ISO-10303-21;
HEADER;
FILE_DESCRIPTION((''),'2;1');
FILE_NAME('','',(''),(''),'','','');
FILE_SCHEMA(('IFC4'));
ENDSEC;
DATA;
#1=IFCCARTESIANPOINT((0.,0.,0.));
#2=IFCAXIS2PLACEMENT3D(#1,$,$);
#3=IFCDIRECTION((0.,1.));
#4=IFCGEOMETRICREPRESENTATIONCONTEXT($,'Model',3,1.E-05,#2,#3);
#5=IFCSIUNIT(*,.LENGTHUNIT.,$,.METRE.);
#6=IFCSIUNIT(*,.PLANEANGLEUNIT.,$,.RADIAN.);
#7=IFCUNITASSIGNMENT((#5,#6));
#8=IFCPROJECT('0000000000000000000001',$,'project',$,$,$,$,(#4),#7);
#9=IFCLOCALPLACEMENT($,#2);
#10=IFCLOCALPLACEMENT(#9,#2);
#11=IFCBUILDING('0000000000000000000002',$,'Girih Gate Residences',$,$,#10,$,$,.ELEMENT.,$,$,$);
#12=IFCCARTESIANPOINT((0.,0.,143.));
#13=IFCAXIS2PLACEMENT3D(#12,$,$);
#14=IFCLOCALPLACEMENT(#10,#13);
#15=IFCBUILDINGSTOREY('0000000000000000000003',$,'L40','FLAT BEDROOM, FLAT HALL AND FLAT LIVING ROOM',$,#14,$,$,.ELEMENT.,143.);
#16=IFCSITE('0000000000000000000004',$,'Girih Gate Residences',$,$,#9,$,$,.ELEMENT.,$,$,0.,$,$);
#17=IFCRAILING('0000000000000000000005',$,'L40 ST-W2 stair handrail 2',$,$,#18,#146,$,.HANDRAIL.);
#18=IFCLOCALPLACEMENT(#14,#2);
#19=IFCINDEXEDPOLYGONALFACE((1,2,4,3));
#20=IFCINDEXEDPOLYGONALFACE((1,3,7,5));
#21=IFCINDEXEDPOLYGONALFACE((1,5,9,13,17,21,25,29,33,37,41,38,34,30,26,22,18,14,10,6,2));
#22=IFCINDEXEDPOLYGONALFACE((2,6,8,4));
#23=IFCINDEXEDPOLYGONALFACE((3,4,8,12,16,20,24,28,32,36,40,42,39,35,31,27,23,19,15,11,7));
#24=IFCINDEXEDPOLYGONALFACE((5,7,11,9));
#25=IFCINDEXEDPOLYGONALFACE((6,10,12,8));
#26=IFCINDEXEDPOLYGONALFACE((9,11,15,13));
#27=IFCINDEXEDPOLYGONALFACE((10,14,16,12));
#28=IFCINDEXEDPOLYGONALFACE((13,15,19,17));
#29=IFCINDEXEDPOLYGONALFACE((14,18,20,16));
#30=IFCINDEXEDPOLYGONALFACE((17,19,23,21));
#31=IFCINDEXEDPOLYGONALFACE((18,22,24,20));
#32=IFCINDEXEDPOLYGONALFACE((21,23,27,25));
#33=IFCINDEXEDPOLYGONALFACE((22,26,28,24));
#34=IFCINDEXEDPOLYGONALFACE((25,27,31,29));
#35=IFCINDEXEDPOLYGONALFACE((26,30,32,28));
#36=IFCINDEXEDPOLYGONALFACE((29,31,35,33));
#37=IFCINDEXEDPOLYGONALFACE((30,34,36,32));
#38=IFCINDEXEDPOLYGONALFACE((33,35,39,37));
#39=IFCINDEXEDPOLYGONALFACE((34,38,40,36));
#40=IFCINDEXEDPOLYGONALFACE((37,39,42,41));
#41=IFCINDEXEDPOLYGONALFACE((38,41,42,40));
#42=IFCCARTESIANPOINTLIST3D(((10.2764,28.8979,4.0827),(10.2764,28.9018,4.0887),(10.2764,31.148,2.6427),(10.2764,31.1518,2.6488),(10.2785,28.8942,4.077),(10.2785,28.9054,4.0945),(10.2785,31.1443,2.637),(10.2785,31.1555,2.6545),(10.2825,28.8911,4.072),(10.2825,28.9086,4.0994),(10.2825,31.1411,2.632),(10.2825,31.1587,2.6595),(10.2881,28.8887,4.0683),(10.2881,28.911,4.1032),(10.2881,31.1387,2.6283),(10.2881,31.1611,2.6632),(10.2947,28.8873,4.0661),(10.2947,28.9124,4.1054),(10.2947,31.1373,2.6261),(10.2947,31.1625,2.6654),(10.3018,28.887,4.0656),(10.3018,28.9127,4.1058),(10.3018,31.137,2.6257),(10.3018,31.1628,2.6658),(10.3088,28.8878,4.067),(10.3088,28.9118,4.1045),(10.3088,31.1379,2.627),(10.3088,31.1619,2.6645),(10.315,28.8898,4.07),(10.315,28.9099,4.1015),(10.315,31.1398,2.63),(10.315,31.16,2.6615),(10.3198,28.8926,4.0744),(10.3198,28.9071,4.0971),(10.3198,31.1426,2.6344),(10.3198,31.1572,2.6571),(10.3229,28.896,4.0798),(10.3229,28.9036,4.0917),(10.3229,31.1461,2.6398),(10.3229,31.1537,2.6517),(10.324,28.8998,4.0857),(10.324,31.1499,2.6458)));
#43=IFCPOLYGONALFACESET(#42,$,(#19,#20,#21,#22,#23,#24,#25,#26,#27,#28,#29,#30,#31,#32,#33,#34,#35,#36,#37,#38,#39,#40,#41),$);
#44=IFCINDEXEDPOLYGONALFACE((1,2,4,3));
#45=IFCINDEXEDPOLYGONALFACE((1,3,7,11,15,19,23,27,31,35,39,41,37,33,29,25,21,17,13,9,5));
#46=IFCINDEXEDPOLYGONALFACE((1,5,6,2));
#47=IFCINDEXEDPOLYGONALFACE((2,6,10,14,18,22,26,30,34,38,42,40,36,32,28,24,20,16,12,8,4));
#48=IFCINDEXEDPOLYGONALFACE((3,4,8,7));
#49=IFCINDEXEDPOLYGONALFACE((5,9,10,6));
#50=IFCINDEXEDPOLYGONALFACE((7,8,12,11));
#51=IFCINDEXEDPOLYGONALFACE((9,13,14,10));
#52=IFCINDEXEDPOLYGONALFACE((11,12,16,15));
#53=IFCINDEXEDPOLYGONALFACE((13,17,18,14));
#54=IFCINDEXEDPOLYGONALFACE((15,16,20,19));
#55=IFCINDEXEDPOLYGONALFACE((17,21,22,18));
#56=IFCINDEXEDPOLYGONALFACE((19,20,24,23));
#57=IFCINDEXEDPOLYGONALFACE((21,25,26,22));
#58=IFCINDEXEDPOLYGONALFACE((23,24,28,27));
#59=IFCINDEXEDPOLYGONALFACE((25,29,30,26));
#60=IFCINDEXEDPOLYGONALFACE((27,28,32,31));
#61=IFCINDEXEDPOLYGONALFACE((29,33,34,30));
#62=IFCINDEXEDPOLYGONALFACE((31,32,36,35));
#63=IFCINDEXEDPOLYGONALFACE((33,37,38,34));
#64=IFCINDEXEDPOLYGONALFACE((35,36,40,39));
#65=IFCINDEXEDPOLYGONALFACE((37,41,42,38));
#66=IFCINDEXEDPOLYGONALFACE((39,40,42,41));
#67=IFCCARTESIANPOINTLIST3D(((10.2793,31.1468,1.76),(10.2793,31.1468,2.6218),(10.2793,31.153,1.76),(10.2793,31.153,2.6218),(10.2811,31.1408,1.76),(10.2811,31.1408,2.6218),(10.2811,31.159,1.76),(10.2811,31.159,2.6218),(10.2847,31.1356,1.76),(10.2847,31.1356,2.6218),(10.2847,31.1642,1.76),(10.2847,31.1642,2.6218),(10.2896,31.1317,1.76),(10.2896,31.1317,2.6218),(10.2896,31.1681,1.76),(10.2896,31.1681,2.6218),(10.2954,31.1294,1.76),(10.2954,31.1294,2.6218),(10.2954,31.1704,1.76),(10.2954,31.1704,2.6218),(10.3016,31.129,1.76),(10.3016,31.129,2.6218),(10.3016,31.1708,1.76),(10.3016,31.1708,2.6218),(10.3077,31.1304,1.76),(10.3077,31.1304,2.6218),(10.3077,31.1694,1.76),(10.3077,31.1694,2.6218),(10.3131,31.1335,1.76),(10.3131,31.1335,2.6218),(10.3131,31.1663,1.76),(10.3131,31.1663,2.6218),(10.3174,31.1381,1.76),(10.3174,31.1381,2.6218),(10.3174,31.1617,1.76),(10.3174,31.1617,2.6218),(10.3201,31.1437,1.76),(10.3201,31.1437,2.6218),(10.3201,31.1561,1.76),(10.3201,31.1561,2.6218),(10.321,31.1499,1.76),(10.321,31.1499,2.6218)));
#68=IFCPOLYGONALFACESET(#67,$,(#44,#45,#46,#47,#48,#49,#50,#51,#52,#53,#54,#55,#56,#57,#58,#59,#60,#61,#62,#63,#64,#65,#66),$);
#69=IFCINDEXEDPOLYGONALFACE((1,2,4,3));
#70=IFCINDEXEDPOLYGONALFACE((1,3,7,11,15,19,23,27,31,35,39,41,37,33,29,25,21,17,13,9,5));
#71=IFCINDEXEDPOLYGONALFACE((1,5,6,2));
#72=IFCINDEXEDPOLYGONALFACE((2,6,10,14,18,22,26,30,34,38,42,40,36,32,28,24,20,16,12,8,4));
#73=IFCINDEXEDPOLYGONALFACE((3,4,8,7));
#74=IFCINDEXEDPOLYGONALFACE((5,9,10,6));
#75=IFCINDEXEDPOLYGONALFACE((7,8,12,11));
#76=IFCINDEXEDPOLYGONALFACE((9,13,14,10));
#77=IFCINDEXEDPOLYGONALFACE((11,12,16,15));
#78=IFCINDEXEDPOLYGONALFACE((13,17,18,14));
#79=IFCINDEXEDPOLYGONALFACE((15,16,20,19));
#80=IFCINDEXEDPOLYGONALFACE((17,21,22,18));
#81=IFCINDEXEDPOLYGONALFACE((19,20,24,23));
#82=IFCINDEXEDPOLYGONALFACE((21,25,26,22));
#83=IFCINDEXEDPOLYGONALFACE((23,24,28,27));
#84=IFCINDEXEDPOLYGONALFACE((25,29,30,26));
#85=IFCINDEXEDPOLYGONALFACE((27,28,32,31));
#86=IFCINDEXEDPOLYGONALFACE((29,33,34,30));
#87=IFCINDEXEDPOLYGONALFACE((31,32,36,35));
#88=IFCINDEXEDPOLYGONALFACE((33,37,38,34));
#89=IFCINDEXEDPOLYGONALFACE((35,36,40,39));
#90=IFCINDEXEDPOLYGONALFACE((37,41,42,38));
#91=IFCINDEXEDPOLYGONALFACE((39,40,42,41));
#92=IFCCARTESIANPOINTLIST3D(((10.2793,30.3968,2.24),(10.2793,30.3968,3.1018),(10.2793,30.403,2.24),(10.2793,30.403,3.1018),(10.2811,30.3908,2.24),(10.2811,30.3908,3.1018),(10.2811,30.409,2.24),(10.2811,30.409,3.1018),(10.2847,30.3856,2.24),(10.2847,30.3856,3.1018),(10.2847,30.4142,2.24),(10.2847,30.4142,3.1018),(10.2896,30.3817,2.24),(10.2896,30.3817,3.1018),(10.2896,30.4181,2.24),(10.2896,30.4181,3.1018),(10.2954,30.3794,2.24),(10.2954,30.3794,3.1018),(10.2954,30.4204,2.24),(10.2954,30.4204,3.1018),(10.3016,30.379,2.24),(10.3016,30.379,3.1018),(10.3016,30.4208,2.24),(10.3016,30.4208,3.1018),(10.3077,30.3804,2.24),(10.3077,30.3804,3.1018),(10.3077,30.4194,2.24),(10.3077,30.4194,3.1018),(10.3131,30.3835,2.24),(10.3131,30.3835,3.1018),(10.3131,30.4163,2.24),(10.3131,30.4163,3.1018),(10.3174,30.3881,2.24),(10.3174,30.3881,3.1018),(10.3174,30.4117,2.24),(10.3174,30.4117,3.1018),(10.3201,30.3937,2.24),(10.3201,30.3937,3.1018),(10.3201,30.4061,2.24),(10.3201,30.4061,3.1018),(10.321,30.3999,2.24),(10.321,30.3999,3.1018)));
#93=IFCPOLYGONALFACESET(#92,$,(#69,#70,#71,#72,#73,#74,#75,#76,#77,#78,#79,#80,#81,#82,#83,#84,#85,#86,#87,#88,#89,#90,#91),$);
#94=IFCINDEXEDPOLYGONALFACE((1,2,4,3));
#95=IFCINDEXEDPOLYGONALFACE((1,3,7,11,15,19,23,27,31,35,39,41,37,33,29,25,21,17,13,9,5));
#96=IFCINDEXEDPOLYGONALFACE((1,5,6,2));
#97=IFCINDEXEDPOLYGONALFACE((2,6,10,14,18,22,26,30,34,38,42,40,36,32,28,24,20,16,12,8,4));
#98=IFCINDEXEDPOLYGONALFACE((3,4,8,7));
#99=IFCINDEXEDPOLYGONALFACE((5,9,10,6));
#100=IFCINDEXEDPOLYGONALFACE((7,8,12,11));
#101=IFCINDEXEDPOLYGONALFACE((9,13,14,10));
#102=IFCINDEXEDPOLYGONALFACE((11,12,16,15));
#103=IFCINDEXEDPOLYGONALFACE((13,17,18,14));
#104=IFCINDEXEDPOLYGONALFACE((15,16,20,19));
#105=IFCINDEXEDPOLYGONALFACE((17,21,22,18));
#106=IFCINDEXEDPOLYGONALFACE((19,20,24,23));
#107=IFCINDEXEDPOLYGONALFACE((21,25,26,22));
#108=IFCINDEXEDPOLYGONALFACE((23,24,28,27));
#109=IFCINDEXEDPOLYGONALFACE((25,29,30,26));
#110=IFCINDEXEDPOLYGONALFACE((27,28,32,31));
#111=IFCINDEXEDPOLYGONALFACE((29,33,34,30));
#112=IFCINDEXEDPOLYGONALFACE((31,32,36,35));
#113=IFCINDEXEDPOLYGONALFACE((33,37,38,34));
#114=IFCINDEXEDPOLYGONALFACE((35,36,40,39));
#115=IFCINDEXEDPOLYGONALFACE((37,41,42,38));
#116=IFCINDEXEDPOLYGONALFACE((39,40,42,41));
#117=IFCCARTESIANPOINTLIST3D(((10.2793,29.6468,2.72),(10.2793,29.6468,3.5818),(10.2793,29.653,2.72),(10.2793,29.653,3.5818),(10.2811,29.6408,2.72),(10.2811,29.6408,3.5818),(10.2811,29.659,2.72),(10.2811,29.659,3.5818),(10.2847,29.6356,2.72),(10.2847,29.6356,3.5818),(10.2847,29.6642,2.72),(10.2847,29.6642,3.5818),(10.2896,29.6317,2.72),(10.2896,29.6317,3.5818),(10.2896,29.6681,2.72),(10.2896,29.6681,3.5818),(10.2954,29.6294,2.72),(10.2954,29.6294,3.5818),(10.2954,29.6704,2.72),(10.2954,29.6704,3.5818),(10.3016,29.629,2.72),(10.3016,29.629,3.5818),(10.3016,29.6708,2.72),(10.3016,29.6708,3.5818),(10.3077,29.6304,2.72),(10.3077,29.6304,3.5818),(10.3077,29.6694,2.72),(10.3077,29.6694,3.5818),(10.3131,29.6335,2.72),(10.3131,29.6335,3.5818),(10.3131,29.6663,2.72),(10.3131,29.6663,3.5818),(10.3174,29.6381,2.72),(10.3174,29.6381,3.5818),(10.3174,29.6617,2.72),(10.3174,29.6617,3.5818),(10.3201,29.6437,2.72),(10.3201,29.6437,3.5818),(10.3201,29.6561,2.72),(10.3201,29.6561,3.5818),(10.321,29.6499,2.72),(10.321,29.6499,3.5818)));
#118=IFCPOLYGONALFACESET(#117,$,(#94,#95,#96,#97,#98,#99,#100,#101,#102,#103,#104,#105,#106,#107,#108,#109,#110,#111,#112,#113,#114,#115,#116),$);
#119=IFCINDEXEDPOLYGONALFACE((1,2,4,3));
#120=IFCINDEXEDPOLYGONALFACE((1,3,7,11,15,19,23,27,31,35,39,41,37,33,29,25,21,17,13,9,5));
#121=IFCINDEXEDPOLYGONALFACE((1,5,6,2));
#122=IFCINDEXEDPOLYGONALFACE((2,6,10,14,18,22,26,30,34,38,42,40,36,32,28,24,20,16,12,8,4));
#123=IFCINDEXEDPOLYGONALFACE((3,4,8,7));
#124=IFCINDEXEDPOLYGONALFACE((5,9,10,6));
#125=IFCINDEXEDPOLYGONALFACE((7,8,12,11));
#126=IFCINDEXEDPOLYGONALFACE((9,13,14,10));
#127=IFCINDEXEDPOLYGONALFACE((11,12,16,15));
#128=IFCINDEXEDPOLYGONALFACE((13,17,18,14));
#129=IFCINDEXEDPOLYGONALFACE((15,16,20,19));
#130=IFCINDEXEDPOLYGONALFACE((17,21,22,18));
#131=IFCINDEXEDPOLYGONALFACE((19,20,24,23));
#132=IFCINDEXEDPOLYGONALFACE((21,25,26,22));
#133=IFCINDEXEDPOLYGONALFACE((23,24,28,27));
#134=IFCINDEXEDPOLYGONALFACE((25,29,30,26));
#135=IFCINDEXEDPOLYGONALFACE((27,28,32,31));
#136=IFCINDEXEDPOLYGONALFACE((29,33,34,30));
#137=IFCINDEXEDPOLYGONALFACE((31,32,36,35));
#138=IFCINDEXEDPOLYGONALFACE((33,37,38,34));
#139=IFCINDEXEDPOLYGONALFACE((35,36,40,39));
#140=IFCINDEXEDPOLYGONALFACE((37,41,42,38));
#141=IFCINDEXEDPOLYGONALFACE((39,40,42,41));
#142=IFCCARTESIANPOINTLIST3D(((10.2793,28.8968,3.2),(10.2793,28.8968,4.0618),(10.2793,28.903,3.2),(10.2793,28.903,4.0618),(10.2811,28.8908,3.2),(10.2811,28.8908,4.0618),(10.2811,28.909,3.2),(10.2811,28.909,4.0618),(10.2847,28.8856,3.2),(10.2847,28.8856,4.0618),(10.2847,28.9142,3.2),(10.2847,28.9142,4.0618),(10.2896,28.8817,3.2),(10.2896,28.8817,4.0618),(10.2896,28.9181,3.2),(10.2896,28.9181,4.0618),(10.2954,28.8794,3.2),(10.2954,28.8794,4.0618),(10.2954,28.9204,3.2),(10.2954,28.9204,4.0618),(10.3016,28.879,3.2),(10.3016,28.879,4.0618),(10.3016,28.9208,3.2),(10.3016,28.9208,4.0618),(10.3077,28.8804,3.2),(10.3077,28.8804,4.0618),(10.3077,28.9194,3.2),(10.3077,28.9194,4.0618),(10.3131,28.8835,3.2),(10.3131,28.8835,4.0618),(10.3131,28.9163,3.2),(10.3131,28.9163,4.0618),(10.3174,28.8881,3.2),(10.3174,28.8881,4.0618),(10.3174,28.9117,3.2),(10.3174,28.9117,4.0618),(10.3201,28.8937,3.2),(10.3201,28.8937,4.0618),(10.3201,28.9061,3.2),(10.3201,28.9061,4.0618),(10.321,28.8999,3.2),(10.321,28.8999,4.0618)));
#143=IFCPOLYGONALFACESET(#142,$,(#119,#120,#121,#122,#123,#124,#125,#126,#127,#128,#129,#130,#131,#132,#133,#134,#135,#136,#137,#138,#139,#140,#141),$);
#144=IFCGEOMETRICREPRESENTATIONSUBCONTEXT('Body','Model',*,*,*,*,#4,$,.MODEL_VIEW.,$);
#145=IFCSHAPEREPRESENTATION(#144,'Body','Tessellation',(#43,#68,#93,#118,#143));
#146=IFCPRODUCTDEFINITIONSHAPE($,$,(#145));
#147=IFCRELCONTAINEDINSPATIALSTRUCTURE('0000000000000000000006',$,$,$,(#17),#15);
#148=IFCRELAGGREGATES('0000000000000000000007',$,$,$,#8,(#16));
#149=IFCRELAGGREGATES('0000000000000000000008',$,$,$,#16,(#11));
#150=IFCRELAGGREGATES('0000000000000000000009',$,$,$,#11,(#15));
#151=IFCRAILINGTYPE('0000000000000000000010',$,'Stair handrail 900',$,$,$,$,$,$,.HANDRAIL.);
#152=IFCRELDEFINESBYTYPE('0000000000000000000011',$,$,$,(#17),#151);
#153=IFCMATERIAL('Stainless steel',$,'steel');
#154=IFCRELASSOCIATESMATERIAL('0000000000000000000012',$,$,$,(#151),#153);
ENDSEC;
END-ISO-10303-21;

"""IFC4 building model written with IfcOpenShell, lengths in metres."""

from ifc_helpers import new_model, si_unit, direction, frame, origin, origin_2d, place, context, subcontext, project, spatial, circle, extrude, material, type_object, element, save


model = new_model("IFC4")

# Units and contexts
model_context = context("Model", 3, precision=1e-05, world=origin(), true_north=direction((0.0, 1.0)))
body_context = subcontext(model_context, "Body", "Model", "MODEL_VIEW")
ifc_project = project(units=[si_unit("LENGTHUNIT", "METRE"), si_unit("PLANEANGLEUNIT", "RADIAN")], contexts=[model_context])

# Site, building, storey
site_placement = place(None, origin())
site = spatial("IfcSite", under=ifc_project, at=site_placement, Name="Girih Gate Residences", CompositionType="ELEMENT", RefElevation=0.0)
building_placement = place(site_placement, origin())
building = spatial("IfcBuilding", under=site, at=building_placement, Name="Girih Gate Residences", CompositionType="ELEMENT")
storey_placement = place(building_placement, frame((0.0, 0.0, 143.0)))
storey = spatial("IfcBuildingStorey", under=building, at=storey_placement, Name="L40", Description="FLAT BEDROOM, FLAT HALL AND FLAT LIVING ROOM", CompositionType="ELEMENT", Elevation=143.0)

# Railing
ifc_material_1 = material(Name="Stainless steel", Category="steel")
railing_type_1 = type_object("IfcRailingType", Name="Stair handrail 900", PredefinedType="HANDRAIL", material=ifc_material_1)
railing_1_placement = place(storey_placement, frame((10.3, 31.1499, 1.76)))
element("IfcRailing", 1, at=railing_1_placement, inside=storey, type_object=railing_type_1, Name="L40 ST-W2 stair handrail 2", PredefinedType="HANDRAIL", context=body_context, shape_type="SweptSolid", body=[
    extrude(circle(Radius=0.0239, at=origin_2d()), frame((0.0, 0.0, 0.8857), z_axis=(0.0, -0.842281, 0.539038), x_axis=(1.0, 0.0, 0.0)), (0.0, 0.0, 1.0), 2.6714),
    extrude(circle(Radius=0.021, at=origin_2d()), origin(), (0.0, 0.0, 1.0), 0.8618),
    extrude(circle(Radius=0.021, at=origin_2d()), frame((0.0, -0.75, 0.48)), (0.0, 0.0, 1.0), 0.8618),
    extrude(circle(Radius=0.021, at=origin_2d()), frame((0.0, -1.5, 0.96)), (0.0, 0.0, 1.0), 0.8618),
    extrude(circle(Radius=0.021, at=origin_2d()), frame((0.0, -2.25, 1.4399)), (0.0, 0.0, 1.0), 0.8618),
])

save(model, "model.ifc")
